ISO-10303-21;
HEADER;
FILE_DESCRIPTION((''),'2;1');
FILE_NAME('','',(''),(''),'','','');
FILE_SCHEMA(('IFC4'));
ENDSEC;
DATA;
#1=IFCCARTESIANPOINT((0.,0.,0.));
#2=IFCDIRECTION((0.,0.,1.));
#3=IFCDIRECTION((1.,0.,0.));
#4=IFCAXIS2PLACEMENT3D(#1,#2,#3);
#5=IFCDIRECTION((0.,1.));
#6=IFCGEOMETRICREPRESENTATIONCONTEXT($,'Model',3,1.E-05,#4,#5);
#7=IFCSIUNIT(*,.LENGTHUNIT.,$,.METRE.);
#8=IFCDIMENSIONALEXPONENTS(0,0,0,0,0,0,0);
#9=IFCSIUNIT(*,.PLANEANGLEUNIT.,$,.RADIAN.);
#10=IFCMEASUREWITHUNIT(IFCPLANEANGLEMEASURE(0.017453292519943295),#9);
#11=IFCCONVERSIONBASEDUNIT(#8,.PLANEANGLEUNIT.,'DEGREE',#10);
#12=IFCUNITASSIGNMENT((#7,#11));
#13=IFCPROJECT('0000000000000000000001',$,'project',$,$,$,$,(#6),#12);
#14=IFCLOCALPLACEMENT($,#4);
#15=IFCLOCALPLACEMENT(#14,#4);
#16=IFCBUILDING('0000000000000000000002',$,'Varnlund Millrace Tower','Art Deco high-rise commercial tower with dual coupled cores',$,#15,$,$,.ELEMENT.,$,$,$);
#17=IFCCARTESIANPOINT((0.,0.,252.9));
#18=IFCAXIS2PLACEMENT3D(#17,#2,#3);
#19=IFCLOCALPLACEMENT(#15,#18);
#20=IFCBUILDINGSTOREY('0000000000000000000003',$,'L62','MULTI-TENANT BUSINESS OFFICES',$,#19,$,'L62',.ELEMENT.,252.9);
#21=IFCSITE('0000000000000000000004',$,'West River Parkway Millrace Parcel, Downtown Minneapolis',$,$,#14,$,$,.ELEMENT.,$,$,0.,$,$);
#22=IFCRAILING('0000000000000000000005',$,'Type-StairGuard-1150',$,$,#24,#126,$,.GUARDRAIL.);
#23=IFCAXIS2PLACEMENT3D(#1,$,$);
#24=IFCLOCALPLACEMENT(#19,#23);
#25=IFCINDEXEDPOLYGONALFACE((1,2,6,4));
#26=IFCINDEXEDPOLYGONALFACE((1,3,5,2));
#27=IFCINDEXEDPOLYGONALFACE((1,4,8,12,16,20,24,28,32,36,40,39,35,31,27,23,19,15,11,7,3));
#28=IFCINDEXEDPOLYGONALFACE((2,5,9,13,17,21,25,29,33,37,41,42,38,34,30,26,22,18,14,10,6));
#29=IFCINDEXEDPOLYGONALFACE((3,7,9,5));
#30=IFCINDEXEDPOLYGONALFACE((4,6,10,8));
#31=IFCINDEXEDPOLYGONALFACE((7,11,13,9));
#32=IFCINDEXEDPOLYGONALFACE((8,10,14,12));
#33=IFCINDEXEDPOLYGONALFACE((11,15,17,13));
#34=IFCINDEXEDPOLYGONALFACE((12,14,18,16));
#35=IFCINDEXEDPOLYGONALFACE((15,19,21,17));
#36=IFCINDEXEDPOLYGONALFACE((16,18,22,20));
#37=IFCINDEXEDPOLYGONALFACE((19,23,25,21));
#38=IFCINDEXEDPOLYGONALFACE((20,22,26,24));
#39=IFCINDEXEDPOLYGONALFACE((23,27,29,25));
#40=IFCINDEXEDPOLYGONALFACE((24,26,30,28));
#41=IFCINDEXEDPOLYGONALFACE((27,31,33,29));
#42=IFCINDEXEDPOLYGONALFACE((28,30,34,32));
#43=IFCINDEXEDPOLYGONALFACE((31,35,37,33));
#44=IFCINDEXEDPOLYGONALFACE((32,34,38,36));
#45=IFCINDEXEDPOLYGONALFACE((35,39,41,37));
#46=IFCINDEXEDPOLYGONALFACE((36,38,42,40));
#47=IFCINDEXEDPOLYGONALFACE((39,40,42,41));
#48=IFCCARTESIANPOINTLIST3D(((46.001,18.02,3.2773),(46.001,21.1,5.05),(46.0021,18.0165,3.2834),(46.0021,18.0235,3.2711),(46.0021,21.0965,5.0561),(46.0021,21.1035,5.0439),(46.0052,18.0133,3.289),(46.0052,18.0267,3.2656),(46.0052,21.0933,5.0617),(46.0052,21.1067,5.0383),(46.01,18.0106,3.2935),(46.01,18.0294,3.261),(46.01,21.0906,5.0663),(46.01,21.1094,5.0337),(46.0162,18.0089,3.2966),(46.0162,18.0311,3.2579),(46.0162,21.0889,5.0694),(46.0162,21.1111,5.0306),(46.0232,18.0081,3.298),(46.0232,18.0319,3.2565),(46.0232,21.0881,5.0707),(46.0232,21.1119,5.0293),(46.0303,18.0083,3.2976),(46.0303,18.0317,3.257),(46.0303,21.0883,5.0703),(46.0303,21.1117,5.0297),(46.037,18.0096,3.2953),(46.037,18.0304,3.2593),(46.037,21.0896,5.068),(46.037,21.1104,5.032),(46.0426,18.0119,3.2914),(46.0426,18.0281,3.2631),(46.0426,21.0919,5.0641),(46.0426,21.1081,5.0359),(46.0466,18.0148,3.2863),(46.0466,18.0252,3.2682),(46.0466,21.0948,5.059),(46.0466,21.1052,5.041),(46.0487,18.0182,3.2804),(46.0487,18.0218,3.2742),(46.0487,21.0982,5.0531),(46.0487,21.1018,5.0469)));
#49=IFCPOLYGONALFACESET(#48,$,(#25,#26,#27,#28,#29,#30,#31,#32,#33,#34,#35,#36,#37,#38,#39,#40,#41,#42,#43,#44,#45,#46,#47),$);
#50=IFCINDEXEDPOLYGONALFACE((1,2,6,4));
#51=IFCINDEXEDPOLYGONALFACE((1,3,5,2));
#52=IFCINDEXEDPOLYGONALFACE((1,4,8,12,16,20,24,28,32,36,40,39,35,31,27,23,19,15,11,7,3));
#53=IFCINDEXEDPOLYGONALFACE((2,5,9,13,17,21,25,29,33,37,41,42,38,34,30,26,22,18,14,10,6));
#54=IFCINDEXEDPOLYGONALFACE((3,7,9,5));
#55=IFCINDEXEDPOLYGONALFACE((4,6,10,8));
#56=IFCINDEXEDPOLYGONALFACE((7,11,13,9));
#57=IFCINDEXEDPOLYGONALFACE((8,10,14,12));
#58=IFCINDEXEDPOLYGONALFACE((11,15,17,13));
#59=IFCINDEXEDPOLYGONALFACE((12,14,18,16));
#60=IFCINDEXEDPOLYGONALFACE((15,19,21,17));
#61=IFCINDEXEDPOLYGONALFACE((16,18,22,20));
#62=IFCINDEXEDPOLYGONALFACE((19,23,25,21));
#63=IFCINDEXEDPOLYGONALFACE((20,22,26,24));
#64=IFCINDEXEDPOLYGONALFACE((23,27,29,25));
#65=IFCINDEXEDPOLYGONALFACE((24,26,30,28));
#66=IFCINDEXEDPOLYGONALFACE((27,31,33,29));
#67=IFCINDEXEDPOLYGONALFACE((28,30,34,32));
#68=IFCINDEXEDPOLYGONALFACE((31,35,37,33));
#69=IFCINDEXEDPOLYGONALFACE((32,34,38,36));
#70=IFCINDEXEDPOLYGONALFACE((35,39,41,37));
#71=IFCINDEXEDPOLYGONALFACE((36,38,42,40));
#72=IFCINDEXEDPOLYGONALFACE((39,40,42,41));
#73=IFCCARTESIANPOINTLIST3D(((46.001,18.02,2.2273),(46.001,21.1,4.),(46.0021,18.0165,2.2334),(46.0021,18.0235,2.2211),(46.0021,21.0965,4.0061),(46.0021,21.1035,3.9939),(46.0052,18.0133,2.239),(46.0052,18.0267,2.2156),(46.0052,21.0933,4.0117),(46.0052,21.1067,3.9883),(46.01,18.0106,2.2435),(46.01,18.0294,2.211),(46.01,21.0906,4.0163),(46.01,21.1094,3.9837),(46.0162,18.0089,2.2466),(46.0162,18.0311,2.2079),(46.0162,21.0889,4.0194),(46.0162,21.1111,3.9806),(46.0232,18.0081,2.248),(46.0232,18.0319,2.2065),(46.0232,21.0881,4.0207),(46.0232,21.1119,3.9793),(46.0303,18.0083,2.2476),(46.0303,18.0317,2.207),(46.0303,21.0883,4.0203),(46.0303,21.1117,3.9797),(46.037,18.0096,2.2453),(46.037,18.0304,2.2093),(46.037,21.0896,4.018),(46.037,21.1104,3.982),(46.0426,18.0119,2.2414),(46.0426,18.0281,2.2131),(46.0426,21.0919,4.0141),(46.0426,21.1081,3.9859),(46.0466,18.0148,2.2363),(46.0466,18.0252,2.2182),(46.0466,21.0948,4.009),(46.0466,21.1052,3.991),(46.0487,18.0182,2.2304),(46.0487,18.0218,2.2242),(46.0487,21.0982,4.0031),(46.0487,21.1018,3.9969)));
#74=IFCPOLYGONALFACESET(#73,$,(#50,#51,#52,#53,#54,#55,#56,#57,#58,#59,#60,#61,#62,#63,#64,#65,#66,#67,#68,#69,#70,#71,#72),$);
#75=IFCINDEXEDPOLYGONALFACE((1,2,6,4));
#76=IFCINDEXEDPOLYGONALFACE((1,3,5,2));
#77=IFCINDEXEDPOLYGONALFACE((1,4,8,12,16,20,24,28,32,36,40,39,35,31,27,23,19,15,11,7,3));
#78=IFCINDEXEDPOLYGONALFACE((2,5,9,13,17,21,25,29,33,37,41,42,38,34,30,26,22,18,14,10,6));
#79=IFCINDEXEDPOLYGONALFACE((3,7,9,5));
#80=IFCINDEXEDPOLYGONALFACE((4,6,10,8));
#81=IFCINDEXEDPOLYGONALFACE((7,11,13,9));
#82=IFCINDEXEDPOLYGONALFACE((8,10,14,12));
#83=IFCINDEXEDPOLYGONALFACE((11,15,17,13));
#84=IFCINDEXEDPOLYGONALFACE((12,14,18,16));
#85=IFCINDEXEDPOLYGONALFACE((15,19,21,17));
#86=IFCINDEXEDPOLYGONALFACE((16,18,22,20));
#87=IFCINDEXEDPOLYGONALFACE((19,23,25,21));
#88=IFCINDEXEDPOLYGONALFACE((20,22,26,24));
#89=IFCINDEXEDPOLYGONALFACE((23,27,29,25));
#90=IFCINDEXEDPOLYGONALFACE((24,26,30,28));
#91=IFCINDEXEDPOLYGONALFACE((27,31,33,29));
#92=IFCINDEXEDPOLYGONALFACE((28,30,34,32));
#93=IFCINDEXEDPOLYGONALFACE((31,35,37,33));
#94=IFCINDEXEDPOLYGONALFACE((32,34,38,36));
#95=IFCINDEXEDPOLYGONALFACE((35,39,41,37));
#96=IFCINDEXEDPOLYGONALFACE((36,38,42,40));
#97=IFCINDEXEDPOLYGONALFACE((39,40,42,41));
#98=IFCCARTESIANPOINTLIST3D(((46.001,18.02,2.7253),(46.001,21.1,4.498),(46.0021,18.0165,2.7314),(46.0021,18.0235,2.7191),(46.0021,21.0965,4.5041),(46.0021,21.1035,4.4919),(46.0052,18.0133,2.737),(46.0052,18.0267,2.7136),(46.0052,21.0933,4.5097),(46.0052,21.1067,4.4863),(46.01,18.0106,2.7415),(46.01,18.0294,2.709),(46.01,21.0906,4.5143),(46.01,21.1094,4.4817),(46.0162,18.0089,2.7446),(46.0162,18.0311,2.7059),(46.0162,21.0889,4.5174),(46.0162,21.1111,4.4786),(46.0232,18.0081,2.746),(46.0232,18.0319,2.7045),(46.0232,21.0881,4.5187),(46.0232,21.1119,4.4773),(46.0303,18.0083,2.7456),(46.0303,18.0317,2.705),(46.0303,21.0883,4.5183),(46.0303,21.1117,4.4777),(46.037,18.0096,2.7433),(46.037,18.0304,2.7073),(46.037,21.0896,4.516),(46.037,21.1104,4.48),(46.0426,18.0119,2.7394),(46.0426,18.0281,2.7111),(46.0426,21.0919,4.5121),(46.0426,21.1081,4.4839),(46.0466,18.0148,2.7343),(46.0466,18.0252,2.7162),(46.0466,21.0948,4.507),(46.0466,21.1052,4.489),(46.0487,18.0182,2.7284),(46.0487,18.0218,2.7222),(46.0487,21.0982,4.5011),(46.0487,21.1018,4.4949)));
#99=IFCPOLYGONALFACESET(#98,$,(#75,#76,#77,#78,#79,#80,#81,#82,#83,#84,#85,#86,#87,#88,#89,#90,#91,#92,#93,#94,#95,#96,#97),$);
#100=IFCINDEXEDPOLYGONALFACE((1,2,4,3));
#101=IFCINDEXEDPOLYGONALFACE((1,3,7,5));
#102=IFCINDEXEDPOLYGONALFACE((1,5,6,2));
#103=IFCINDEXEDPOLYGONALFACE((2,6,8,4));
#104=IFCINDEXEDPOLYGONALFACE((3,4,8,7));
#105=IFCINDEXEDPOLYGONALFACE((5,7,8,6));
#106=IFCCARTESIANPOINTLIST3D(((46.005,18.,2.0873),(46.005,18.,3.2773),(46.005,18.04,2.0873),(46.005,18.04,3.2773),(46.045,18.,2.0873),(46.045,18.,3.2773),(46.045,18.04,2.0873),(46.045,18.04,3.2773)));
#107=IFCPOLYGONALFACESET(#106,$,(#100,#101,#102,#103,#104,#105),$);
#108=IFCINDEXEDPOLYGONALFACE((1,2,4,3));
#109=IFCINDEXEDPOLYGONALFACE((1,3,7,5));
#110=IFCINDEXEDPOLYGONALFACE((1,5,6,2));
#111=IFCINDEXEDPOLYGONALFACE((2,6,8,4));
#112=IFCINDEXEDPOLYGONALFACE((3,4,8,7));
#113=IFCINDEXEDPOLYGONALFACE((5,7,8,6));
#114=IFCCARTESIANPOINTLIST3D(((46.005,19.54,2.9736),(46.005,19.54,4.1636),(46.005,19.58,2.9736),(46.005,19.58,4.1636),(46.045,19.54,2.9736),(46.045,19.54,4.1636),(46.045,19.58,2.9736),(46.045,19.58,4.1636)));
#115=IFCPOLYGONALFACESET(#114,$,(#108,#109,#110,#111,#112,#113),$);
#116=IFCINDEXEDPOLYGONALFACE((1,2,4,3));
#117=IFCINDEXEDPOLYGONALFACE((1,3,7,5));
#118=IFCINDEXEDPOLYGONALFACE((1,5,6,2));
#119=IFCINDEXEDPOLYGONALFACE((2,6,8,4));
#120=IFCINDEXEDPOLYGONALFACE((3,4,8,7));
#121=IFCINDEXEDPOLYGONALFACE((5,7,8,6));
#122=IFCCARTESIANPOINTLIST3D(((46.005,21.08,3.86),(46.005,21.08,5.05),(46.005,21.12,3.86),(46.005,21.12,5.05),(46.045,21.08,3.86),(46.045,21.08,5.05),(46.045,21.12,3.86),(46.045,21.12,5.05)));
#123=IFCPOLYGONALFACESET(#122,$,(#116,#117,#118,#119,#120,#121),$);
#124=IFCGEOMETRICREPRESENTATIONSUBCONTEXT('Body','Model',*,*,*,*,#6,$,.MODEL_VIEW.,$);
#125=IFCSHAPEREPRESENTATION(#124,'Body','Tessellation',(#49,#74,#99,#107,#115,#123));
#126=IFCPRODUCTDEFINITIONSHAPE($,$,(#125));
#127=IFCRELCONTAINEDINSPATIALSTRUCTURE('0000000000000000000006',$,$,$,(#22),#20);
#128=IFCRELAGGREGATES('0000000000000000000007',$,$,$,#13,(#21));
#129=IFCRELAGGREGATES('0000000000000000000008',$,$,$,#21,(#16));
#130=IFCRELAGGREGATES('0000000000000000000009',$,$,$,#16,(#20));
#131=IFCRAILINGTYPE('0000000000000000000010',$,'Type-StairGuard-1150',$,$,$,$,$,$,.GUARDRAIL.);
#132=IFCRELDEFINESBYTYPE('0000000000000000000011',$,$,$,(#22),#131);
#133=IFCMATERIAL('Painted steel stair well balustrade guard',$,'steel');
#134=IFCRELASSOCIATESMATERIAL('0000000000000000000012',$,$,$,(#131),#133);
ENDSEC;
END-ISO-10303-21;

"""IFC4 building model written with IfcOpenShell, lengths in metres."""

from ifc_helpers import new_model, entity, si_unit, converted_unit, direction, frame, origin_with_axes, origin_2d_with_axis, place, context, subcontext, project, spatial, rectangle, circle, extrude, material, type_object, element, save


model = new_model("IFC4")

# Units and contexts
model_context = context("Model", 3, precision=1e-05, world=origin_with_axes(), true_north=direction((0.0, 1.0)))
body_context = subcontext(model_context, "Body", "Model", "MODEL_VIEW")
ifc_project = project(units=[si_unit("LENGTHUNIT", "METRE"), converted_unit("PLANEANGLEUNIT", "DEGREE", entity("IfcPlaneAngleMeasure", 0.017453292519943295), si_unit("PLANEANGLEUNIT", "RADIAN"), dimensions=[0, 0, 0, 0, 0, 0, 0])], contexts=[model_context])

# Site, building, storey
site_placement = place(None, origin_with_axes())
site = spatial("IfcSite", under=ifc_project, at=site_placement, Name="West River Parkway Millrace Parcel, Downtown Minneapolis", CompositionType="ELEMENT", RefElevation=0.0)
building_placement = place(site_placement, origin_with_axes())
building = spatial("IfcBuilding", under=site, at=building_placement, Name="Varnlund Millrace Tower", Description="Art Deco high-rise commercial tower with dual coupled cores", CompositionType="ELEMENT")
storey_placement = place(building_placement, frame((0.0, 0.0, 252.9), z_axis=(0.0, 0.0, 1.0), x_axis=(1.0, 0.0, 0.0)))
storey = spatial("IfcBuildingStorey", under=building, at=storey_placement, Name="L62", Description="MULTI-TENANT BUSINESS OFFICES", LongName="L62", CompositionType="ELEMENT", Elevation=252.9)

# Railing
ifc_material_1 = material(Name="Painted steel stair well balustrade guard", Category="steel")
railing_type_1 = type_object("IfcRailingType", Name="Type-StairGuard-1150", PredefinedType="GUARDRAIL", material=ifc_material_1)
railing_1_placement = place(storey_placement, frame((0.0, 0.0, -252.9), z_axis=(0.0, 0.0, 1.0), x_axis=(1.0, 0.0, 0.0)))
element("IfcRailing", 1, at=railing_1_placement, inside=storey, type_object=railing_type_1, Name="Type-StairGuard-1150", PredefinedType="GUARDRAIL", context=body_context, shape_type="SweptSolid", body=[
    extrude(circle(Radius=0.024, at=origin_2d_with_axis()), frame((46.025, 18.02, 256.1773), z_axis=(0.0, 0.866696, 0.498836), x_axis=(-1.0, 0.0, 0.0)), (0.0, 0.0, 1.0), 3.5537),
    extrude(circle(Radius=0.024, at=origin_2d_with_axis()), frame((46.025, 18.02, 255.1273), z_axis=(0.0, 0.866696, 0.498836), x_axis=(-1.0, 0.0, 0.0)), (0.0, 0.0, 1.0), 3.5537),
    extrude(circle(Radius=0.024, at=origin_2d_with_axis()), frame((46.025, 18.02, 255.6253), z_axis=(0.0, 0.866696, 0.498836), x_axis=(-1.0, 0.0, 0.0)), (0.0, 0.0, 1.0), 3.5537),
    extrude(rectangle(XDim=0.04, YDim=0.04, at=origin_2d_with_axis()), frame((46.025, 18.02, 254.9873), z_axis=(0.0, 0.0, 1.0), x_axis=(1.0, 0.0, 0.0)), (0.0, 0.0, 1.0), 1.19),
    extrude(rectangle(XDim=0.04, YDim=0.04, at=origin_2d_with_axis()), frame((46.025, 19.56, 255.8736), z_axis=(0.0, 0.0, 1.0), x_axis=(1.0, 0.0, 0.0)), (0.0, 0.0, 1.0), 1.19),
    extrude(rectangle(XDim=0.04, YDim=0.04, at=origin_2d_with_axis()), frame((46.025, 21.1, 256.76), z_axis=(0.0, 0.0, 1.0), x_axis=(1.0, 0.0, 0.0)), (0.0, 0.0, 1.0), 1.19),
])

save(model, "model.ifc")
